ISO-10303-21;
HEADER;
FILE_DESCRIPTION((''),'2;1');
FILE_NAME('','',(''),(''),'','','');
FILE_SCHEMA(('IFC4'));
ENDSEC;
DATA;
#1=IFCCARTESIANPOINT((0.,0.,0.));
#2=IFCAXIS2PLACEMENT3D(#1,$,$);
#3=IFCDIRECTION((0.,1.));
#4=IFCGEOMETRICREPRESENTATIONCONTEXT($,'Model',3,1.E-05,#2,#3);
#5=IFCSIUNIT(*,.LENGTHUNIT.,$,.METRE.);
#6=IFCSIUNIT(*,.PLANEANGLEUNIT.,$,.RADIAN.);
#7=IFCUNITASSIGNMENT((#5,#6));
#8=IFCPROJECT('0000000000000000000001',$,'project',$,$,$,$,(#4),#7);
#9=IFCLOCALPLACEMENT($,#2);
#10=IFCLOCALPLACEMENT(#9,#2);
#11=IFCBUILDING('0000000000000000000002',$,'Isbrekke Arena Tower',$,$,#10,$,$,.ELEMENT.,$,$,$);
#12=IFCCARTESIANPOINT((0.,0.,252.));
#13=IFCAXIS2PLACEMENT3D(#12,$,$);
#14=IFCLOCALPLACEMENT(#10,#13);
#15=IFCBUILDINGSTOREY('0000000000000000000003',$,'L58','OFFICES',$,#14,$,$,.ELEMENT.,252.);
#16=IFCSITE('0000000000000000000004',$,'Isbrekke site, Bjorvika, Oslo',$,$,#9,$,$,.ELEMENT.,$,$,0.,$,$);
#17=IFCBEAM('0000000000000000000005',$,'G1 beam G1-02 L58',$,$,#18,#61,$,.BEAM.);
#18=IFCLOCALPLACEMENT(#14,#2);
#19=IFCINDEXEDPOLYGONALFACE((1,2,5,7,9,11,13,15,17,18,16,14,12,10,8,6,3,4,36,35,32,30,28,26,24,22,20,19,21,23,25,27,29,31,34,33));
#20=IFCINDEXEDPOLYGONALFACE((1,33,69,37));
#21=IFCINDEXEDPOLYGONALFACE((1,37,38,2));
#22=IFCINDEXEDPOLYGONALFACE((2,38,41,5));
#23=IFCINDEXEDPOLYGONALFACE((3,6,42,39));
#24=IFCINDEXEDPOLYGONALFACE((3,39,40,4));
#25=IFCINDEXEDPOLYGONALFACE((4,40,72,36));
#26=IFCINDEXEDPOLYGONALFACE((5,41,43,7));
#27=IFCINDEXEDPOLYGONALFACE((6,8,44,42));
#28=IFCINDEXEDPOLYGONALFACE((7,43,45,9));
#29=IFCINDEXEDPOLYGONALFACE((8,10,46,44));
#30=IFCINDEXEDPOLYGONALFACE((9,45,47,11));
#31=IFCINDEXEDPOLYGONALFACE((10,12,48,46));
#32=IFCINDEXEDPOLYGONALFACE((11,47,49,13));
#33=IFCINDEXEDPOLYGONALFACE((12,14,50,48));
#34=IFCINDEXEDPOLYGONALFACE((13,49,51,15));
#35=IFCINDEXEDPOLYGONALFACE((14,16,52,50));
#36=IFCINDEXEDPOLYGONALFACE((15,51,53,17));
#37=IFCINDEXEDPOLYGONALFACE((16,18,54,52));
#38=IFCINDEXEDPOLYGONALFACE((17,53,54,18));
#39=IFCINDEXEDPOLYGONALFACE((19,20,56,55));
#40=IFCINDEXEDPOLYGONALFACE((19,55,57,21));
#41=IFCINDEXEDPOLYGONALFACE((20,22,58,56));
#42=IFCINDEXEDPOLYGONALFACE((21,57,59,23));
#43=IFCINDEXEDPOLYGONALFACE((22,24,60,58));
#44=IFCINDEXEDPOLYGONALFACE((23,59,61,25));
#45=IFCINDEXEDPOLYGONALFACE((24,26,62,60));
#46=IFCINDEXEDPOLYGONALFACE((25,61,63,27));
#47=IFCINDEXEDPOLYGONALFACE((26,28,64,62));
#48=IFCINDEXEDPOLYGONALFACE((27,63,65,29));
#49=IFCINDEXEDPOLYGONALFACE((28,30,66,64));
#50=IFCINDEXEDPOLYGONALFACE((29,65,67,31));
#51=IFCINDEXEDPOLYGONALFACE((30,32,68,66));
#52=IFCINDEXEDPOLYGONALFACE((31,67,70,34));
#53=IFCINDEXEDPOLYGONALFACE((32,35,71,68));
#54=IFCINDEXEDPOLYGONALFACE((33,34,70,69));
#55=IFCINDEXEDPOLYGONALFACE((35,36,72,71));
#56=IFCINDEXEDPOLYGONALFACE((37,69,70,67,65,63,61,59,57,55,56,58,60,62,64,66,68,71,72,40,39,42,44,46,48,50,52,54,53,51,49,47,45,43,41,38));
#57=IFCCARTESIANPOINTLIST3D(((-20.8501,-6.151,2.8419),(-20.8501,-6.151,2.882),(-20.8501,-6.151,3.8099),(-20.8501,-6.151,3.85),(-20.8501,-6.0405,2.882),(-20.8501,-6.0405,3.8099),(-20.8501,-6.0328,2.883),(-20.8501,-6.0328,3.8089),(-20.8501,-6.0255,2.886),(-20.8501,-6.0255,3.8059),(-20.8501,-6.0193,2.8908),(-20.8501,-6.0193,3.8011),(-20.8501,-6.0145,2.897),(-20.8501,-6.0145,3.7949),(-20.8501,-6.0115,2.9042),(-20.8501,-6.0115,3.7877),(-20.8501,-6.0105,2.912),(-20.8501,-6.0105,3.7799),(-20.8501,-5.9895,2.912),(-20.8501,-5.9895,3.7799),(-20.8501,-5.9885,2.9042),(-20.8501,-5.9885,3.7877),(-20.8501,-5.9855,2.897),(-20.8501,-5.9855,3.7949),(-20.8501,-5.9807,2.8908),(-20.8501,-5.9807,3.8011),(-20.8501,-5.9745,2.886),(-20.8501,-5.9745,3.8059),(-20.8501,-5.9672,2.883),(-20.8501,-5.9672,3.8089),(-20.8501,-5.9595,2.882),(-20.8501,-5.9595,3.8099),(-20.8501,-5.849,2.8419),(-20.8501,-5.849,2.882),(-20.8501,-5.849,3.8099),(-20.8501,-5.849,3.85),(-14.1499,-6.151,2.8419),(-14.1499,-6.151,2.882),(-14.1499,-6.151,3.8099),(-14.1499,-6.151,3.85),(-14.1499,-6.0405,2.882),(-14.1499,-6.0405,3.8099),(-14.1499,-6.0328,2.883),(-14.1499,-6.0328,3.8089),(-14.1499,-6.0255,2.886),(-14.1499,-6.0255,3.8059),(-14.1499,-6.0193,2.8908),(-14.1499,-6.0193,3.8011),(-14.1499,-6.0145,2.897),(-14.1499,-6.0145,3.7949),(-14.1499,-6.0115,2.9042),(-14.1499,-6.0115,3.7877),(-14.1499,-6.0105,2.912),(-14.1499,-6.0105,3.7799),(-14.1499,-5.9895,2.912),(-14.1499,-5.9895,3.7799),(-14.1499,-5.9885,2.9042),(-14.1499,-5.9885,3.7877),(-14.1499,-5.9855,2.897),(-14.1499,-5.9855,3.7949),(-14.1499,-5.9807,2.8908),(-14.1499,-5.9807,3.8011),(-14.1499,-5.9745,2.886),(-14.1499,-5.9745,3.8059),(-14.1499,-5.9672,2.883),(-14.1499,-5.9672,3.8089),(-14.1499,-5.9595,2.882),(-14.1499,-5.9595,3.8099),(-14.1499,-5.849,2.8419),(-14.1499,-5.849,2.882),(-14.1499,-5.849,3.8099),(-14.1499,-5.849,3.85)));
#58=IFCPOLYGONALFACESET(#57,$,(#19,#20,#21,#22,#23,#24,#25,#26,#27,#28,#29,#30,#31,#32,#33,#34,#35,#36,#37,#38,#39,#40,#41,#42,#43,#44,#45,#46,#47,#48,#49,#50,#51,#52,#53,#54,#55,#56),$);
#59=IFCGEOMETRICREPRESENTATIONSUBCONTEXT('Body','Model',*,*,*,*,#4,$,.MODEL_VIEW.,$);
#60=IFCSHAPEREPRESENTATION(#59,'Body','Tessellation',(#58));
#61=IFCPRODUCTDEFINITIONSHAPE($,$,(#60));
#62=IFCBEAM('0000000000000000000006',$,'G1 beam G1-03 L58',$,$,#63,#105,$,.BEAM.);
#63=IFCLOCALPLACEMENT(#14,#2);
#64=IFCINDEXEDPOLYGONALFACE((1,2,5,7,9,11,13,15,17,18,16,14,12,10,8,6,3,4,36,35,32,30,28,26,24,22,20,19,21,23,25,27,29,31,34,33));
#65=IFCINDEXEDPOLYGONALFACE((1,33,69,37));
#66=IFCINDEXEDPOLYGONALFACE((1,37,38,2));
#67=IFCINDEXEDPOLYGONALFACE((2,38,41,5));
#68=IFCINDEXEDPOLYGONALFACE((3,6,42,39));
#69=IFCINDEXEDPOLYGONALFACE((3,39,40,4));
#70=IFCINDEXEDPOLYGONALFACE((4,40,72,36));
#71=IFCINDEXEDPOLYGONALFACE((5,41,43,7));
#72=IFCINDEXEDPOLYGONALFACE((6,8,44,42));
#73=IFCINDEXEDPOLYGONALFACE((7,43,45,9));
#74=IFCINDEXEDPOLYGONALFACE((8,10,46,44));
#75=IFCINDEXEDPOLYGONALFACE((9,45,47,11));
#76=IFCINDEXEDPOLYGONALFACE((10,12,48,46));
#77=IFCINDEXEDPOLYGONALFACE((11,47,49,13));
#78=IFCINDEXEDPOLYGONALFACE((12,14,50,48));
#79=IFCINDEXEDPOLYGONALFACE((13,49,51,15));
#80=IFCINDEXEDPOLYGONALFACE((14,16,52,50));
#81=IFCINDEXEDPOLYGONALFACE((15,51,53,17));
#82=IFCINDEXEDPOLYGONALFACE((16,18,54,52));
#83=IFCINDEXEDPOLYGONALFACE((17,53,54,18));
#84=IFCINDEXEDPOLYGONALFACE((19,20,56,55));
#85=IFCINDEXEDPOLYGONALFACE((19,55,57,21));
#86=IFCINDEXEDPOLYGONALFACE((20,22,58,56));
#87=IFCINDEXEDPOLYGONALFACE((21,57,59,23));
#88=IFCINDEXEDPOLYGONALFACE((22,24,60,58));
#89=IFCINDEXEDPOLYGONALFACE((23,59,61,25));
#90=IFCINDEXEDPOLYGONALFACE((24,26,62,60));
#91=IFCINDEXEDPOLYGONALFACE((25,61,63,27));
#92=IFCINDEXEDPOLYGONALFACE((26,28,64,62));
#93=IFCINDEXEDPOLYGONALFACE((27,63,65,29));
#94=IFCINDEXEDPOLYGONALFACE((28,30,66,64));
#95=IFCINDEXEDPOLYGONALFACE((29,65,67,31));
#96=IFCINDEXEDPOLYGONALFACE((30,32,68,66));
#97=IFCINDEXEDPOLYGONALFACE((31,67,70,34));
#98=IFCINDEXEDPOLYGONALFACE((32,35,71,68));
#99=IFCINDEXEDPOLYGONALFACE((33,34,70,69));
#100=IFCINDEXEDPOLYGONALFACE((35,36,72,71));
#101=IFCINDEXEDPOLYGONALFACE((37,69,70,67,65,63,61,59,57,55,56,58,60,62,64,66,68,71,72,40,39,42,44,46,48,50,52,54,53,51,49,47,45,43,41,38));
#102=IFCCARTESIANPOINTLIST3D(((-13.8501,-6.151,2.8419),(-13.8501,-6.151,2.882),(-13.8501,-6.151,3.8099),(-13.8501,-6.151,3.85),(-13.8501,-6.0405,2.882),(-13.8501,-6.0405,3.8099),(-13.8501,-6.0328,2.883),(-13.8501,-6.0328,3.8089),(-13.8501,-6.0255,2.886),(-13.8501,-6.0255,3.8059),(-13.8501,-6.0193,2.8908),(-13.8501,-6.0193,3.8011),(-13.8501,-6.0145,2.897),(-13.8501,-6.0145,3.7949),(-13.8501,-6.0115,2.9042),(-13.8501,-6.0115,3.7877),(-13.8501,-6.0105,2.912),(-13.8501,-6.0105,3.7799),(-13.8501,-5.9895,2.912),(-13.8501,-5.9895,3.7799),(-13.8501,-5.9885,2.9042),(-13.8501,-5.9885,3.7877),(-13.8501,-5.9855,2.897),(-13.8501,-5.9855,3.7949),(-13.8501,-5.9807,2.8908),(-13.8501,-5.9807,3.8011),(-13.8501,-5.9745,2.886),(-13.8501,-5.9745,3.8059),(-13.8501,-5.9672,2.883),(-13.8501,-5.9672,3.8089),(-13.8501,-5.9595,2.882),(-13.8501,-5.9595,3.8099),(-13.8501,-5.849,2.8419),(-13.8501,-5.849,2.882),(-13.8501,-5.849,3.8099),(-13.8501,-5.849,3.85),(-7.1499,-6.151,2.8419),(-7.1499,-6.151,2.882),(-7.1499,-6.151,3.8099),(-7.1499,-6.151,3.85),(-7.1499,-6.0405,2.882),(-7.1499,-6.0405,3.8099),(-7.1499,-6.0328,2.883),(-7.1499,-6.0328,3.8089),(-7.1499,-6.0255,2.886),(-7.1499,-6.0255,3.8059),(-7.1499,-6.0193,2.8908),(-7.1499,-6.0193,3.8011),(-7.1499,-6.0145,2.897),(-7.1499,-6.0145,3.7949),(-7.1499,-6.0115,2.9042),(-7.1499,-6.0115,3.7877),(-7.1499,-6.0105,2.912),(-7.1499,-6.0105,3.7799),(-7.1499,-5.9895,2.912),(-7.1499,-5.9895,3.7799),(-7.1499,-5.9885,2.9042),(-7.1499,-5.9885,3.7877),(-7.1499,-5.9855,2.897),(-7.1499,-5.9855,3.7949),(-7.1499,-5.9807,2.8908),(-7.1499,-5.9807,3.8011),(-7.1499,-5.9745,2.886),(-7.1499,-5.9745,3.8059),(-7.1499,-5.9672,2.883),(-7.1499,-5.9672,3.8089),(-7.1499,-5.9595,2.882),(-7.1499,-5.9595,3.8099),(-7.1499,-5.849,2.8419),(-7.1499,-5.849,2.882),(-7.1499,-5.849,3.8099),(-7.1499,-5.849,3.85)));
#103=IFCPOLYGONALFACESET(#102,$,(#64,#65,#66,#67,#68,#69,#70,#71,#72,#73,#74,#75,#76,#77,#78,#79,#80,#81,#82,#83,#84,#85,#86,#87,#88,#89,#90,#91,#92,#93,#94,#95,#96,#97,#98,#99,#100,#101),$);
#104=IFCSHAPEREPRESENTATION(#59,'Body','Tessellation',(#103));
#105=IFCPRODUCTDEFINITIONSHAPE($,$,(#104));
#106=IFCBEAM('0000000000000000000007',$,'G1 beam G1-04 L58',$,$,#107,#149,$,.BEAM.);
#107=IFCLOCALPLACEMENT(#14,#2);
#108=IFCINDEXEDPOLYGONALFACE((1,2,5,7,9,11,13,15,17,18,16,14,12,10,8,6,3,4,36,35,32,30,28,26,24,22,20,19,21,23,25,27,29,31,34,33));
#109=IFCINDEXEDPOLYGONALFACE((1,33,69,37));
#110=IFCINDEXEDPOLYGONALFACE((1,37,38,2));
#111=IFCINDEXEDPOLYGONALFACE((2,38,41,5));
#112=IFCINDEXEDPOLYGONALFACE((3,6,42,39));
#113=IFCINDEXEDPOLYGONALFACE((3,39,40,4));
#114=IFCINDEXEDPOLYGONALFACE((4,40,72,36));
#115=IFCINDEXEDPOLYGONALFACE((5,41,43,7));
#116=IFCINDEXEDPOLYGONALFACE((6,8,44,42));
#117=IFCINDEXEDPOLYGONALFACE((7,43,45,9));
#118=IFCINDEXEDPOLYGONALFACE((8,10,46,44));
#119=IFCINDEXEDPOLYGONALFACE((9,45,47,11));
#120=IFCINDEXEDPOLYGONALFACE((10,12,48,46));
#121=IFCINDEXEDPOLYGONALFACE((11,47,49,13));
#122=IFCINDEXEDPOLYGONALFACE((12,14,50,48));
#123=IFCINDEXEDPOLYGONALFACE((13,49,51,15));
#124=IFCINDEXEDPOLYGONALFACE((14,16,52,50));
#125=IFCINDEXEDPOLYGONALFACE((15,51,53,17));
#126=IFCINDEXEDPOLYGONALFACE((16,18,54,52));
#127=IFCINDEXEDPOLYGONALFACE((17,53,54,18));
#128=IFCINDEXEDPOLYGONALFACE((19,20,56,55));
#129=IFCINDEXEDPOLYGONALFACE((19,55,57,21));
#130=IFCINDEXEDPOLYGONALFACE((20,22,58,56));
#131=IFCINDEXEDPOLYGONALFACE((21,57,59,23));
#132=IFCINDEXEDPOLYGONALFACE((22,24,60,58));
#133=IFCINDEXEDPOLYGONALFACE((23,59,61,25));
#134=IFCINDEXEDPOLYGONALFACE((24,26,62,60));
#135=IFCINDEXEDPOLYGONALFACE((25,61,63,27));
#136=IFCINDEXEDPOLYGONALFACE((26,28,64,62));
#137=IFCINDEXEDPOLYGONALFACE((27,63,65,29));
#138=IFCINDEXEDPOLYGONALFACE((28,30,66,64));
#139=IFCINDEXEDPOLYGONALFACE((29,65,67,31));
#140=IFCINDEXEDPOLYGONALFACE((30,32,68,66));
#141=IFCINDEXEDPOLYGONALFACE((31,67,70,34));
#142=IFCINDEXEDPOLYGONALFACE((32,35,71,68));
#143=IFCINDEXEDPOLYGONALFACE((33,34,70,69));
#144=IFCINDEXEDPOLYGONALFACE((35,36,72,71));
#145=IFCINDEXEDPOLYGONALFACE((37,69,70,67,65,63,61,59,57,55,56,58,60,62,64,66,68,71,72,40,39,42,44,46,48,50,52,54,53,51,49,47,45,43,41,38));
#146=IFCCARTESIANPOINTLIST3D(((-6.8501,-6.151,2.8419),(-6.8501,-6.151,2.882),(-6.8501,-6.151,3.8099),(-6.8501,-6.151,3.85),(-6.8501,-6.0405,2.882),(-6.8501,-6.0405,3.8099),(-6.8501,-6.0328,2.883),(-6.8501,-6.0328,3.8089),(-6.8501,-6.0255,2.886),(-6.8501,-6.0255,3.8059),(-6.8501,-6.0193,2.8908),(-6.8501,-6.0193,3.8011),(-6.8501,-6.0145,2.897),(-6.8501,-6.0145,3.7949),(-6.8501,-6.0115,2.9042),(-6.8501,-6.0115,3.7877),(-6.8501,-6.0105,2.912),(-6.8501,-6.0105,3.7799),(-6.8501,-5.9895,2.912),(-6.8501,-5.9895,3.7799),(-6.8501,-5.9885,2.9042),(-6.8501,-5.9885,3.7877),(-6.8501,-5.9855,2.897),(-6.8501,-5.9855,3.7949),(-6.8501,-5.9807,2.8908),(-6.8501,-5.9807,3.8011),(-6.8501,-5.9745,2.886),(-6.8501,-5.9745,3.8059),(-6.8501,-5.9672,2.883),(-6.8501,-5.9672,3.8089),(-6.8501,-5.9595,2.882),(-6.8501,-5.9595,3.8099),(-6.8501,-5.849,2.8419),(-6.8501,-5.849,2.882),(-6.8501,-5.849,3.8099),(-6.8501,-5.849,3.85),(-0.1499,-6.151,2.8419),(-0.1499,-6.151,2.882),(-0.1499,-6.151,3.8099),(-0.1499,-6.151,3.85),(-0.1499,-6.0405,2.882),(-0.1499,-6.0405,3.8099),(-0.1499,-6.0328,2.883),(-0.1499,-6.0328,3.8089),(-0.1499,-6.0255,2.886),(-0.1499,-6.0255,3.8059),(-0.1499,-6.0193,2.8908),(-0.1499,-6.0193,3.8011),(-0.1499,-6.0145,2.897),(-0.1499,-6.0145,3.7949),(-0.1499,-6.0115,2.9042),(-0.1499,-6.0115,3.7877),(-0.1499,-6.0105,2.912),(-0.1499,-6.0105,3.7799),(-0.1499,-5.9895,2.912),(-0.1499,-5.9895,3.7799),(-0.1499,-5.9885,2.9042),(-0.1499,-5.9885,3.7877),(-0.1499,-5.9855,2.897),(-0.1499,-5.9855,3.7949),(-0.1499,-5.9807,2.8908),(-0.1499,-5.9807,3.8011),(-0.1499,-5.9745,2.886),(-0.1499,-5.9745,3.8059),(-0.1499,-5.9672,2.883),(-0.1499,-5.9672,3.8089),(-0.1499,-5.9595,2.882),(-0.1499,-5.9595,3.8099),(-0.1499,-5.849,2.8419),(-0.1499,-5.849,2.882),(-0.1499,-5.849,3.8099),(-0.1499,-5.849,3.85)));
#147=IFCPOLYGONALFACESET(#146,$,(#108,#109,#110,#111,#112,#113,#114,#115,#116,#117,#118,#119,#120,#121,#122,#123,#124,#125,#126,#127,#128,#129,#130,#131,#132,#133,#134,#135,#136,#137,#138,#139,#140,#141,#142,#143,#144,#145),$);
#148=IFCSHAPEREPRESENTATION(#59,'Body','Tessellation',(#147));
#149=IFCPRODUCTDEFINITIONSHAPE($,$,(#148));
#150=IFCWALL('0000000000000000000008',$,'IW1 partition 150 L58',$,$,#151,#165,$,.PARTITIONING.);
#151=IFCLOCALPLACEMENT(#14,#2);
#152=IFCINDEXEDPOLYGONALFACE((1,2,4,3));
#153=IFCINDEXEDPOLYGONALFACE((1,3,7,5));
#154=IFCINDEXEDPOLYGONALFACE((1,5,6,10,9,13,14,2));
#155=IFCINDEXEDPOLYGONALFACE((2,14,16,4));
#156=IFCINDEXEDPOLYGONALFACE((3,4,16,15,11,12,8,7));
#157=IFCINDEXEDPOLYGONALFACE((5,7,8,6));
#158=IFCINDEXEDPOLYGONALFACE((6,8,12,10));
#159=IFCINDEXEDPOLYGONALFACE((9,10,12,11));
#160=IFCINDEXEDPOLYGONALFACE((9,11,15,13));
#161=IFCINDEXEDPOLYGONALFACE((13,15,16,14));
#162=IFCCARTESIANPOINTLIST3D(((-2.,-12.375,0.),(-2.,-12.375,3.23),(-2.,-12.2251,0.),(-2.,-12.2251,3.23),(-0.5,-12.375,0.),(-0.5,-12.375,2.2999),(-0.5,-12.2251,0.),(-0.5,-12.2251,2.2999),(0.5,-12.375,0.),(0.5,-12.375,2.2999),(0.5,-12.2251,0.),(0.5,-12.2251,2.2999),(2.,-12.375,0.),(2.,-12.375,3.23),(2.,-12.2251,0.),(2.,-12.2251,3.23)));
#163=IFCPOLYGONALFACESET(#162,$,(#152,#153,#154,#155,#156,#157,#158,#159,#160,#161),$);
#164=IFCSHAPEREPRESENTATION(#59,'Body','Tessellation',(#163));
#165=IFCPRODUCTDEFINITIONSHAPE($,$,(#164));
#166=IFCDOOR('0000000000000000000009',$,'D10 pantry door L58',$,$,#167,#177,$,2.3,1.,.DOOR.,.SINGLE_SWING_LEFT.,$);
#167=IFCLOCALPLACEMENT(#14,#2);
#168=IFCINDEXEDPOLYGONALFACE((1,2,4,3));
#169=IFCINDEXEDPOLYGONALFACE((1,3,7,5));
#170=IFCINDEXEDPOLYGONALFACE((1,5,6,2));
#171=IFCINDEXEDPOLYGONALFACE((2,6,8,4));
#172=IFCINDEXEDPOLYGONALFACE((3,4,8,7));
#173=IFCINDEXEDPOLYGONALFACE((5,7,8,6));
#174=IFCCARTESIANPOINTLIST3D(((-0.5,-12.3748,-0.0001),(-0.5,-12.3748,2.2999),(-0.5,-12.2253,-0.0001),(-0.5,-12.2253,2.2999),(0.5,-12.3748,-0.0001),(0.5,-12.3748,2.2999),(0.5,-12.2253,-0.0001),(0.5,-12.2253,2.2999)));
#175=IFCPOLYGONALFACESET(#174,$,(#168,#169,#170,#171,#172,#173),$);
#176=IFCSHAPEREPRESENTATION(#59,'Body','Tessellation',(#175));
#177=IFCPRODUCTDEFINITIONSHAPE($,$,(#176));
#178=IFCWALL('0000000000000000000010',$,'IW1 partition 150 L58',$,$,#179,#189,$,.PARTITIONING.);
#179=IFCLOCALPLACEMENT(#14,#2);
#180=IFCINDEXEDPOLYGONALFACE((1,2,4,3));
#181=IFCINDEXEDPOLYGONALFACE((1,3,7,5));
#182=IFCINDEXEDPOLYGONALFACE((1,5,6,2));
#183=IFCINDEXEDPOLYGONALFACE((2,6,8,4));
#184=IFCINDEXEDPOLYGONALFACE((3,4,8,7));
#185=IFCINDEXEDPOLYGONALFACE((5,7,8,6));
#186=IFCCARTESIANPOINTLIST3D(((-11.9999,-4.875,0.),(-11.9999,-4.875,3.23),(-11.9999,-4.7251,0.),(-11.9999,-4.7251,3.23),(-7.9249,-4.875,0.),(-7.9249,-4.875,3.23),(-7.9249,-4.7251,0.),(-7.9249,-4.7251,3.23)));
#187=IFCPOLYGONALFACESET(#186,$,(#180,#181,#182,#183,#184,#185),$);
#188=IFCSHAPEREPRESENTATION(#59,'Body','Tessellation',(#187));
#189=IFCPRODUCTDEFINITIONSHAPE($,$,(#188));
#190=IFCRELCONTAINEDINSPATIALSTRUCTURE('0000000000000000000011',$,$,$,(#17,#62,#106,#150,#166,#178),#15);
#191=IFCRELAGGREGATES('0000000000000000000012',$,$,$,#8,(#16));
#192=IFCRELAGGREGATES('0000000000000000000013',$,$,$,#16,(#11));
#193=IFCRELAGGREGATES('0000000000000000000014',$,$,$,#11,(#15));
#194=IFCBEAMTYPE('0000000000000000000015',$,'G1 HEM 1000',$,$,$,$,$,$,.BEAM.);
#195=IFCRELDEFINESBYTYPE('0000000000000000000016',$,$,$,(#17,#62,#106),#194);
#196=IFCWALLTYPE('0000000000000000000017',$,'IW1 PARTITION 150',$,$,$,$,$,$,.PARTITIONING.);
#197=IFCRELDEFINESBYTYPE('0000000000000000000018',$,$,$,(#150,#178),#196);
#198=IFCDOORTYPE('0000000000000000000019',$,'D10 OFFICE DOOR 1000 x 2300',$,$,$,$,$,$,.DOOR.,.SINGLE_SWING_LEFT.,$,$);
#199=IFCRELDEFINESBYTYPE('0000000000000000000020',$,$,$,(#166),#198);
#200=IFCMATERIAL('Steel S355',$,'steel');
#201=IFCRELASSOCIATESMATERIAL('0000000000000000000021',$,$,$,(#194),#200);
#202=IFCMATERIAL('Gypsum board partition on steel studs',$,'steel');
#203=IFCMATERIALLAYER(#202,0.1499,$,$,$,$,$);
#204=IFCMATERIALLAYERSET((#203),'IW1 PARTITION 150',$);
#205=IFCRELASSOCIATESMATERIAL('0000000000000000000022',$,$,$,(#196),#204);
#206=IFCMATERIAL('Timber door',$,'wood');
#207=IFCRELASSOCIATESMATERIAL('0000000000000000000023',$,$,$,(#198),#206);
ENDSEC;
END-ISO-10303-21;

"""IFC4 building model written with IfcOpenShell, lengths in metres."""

from ifc_helpers import new_model, si_unit, direction, frame, frame_2d, origin, origin_2d, place, context, subcontext, project, spatial, rectangle, i_section, extrude, material, layer, layer_set, material_profile, profile_set, type_object, element, fill, save


model = new_model("IFC4")

# Units and contexts
model_context = context("Model", 3, precision=1e-05, world=origin(), true_north=direction((0.0, 1.0)))
body_context = subcontext(model_context, "Body", "Model", "MODEL_VIEW")
ifc_project = project(units=[si_unit("LENGTHUNIT", "METRE"), si_unit("PLANEANGLEUNIT", "RADIAN")], contexts=[model_context])

# Site, building, storey
site_placement = place(None, origin())
site = spatial("IfcSite", under=ifc_project, at=site_placement, Name="Isbrekke site, Bjorvika, Oslo", CompositionType="ELEMENT", RefElevation=0.0)
building_placement = place(site_placement, origin())
building = spatial("IfcBuilding", under=site, at=building_placement, Name="Isbrekke Arena Tower", CompositionType="ELEMENT")
storey_placement = place(building_placement, frame((0.0, 0.0, 252.0)))
storey = spatial("IfcBuildingStorey", under=building, at=storey_placement, Name="L58", Description="OFFICES", CompositionType="ELEMENT", Elevation=252.0)

# Beams
ifc_material_1 = material(Name="Steel S355", Category="steel")
ifc_material_profile_1 = material_profile(ifc_material_1, i_section(OverallWidth=0.302, OverallDepth=1.0081, WebThickness=0.021, FlangeThickness=0.04, FilletRadius=0.03, at=origin_2d()), Name="HEM 1000")
ifc_profile_set_1 = profile_set([ifc_material_profile_1], Name="Steel S355")
beam_type_1 = type_object("IfcBeamType", Name="G1 HEM 1000", PredefinedType="BEAM", material=ifc_profile_set_1)
for number, where, z_axis, x_axis, name in (
    (1, (-20.8501, -6.0, 3.3459), (1.0, 0.0, 0.0), (0.0, 1.0, 0.0), "G1 beam G1-02 L58"),
    (2, (-13.8501, -6.0, 3.3459), (1.0, 0.0, 0.0), (0.0, 1.0, 0.0), "G1 beam G1-03 L58"),
    (3, (-6.8501, -6.0, 3.3459), (1.0, 0.0, 0.0), (0.0, 1.0, 0.0), "G1 beam G1-04 L58"),
):
    element("IfcBeam", number, at=place(storey_placement, frame(where, z_axis=z_axis, x_axis=x_axis)), inside=storey, type_object=beam_type_1, Name=name, PredefinedType="BEAM", context=body_context, shape_type="SweptSolid", body=[
        extrude(i_section(OverallWidth=0.302, OverallDepth=1.0081, WebThickness=0.021, FlangeThickness=0.04, FilletRadius=0.03, at=origin_2d()), origin(), (0.0, 0.0, 1.0), 6.7002),
    ])

# Wall, opening, door
ifc_material_2 = material(Name="Gypsum board partition on steel studs", Category="steel")
ifc_layer_1 = layer(ifc_material_2, 0.1499)
ifc_layer_set_1 = layer_set([ifc_layer_1], Name="IW1 PARTITION 150")
wall_type_1 = type_object("IfcWallType", Name="IW1 PARTITION 150", PredefinedType="PARTITIONING", material=ifc_layer_set_1)
wall_1_placement = place(storey_placement, frame((-2.0, -12.3, 0.0), z_axis=(0.0, 0.0, 1.0), x_axis=(1.0, 0.0, 0.0)))
wall_1 = element("IfcWall", 4, at=wall_1_placement, inside=storey, type_object=wall_type_1, Name="IW1 partition 150 L58", PredefinedType="PARTITIONING", context=body_context, shape_type="SweptSolid", body=[
    extrude(rectangle(XDim=4.0, YDim=0.1499, at=frame_2d((2.0, 0.0))), origin(), (0.0, 0.0, 1.0), 3.23),
])
opening_1_placement = place(wall_1_placement, frame((1.5, 0.0, 0.0)))
opening_1 = element("IfcOpeningElement", 5, at=opening_1_placement, cuts=wall_1, PredefinedType="OPENING", context=body_context, shape_type="SweptSolid", body=[
    extrude(rectangle(XDim=1.0, YDim=2.3, at=frame_2d((0.5, 1.1499))), frame((0.0, 0.0898, 0.0), z_axis=(0.0, -1.0, 0.0), x_axis=(1.0, 0.0, 0.0)), (0.0, 0.0, 1.0), 0.1797),
])
ifc_material_3 = material(Name="Timber door", Category="wood")
door_type_1 = type_object("IfcDoorType", Name="D10 OFFICE DOOR 1000 x 2300", OperationType="SINGLE_SWING_LEFT", PredefinedType="DOOR", material=ifc_material_3)
door_1_placement = place(opening_1_placement, origin())
door_1 = element("IfcDoor", 6, at=door_1_placement, inside=storey, type_object=door_type_1, Name="D10 pantry door L58", OperationType="SINGLE_SWING_LEFT", OverallHeight=2.3, OverallWidth=1.0, PredefinedType="DOOR", context=body_context, shape_type="SweptSolid", body=[
    extrude(rectangle(XDim=1.0, YDim=2.3, at=frame_2d((0.5, 1.1499))), frame((0.0, 0.0747, 0.0), z_axis=(0.0, -1.0, 0.0), x_axis=(1.0, 0.0, 0.0)), (0.0, 0.0, 1.0), 0.1494),
])
fill(opening_1, door_1)

# Wall
wall_2_placement = place(storey_placement, frame((-12.0, -4.8, 0.0), z_axis=(0.0, 0.0, 1.0), x_axis=(1.0, 0.0, 0.0)))
element("IfcWall", 7, at=wall_2_placement, inside=storey, type_object=wall_type_1, Name="IW1 partition 150 L58", PredefinedType="PARTITIONING", context=body_context, shape_type="SweptSolid", body=[
    extrude(rectangle(XDim=4.075, YDim=0.1499, at=frame_2d((2.0376, 0.0))), origin(), (0.0, 0.0, 1.0), 3.23),
])

save(model, "model.ifc")
